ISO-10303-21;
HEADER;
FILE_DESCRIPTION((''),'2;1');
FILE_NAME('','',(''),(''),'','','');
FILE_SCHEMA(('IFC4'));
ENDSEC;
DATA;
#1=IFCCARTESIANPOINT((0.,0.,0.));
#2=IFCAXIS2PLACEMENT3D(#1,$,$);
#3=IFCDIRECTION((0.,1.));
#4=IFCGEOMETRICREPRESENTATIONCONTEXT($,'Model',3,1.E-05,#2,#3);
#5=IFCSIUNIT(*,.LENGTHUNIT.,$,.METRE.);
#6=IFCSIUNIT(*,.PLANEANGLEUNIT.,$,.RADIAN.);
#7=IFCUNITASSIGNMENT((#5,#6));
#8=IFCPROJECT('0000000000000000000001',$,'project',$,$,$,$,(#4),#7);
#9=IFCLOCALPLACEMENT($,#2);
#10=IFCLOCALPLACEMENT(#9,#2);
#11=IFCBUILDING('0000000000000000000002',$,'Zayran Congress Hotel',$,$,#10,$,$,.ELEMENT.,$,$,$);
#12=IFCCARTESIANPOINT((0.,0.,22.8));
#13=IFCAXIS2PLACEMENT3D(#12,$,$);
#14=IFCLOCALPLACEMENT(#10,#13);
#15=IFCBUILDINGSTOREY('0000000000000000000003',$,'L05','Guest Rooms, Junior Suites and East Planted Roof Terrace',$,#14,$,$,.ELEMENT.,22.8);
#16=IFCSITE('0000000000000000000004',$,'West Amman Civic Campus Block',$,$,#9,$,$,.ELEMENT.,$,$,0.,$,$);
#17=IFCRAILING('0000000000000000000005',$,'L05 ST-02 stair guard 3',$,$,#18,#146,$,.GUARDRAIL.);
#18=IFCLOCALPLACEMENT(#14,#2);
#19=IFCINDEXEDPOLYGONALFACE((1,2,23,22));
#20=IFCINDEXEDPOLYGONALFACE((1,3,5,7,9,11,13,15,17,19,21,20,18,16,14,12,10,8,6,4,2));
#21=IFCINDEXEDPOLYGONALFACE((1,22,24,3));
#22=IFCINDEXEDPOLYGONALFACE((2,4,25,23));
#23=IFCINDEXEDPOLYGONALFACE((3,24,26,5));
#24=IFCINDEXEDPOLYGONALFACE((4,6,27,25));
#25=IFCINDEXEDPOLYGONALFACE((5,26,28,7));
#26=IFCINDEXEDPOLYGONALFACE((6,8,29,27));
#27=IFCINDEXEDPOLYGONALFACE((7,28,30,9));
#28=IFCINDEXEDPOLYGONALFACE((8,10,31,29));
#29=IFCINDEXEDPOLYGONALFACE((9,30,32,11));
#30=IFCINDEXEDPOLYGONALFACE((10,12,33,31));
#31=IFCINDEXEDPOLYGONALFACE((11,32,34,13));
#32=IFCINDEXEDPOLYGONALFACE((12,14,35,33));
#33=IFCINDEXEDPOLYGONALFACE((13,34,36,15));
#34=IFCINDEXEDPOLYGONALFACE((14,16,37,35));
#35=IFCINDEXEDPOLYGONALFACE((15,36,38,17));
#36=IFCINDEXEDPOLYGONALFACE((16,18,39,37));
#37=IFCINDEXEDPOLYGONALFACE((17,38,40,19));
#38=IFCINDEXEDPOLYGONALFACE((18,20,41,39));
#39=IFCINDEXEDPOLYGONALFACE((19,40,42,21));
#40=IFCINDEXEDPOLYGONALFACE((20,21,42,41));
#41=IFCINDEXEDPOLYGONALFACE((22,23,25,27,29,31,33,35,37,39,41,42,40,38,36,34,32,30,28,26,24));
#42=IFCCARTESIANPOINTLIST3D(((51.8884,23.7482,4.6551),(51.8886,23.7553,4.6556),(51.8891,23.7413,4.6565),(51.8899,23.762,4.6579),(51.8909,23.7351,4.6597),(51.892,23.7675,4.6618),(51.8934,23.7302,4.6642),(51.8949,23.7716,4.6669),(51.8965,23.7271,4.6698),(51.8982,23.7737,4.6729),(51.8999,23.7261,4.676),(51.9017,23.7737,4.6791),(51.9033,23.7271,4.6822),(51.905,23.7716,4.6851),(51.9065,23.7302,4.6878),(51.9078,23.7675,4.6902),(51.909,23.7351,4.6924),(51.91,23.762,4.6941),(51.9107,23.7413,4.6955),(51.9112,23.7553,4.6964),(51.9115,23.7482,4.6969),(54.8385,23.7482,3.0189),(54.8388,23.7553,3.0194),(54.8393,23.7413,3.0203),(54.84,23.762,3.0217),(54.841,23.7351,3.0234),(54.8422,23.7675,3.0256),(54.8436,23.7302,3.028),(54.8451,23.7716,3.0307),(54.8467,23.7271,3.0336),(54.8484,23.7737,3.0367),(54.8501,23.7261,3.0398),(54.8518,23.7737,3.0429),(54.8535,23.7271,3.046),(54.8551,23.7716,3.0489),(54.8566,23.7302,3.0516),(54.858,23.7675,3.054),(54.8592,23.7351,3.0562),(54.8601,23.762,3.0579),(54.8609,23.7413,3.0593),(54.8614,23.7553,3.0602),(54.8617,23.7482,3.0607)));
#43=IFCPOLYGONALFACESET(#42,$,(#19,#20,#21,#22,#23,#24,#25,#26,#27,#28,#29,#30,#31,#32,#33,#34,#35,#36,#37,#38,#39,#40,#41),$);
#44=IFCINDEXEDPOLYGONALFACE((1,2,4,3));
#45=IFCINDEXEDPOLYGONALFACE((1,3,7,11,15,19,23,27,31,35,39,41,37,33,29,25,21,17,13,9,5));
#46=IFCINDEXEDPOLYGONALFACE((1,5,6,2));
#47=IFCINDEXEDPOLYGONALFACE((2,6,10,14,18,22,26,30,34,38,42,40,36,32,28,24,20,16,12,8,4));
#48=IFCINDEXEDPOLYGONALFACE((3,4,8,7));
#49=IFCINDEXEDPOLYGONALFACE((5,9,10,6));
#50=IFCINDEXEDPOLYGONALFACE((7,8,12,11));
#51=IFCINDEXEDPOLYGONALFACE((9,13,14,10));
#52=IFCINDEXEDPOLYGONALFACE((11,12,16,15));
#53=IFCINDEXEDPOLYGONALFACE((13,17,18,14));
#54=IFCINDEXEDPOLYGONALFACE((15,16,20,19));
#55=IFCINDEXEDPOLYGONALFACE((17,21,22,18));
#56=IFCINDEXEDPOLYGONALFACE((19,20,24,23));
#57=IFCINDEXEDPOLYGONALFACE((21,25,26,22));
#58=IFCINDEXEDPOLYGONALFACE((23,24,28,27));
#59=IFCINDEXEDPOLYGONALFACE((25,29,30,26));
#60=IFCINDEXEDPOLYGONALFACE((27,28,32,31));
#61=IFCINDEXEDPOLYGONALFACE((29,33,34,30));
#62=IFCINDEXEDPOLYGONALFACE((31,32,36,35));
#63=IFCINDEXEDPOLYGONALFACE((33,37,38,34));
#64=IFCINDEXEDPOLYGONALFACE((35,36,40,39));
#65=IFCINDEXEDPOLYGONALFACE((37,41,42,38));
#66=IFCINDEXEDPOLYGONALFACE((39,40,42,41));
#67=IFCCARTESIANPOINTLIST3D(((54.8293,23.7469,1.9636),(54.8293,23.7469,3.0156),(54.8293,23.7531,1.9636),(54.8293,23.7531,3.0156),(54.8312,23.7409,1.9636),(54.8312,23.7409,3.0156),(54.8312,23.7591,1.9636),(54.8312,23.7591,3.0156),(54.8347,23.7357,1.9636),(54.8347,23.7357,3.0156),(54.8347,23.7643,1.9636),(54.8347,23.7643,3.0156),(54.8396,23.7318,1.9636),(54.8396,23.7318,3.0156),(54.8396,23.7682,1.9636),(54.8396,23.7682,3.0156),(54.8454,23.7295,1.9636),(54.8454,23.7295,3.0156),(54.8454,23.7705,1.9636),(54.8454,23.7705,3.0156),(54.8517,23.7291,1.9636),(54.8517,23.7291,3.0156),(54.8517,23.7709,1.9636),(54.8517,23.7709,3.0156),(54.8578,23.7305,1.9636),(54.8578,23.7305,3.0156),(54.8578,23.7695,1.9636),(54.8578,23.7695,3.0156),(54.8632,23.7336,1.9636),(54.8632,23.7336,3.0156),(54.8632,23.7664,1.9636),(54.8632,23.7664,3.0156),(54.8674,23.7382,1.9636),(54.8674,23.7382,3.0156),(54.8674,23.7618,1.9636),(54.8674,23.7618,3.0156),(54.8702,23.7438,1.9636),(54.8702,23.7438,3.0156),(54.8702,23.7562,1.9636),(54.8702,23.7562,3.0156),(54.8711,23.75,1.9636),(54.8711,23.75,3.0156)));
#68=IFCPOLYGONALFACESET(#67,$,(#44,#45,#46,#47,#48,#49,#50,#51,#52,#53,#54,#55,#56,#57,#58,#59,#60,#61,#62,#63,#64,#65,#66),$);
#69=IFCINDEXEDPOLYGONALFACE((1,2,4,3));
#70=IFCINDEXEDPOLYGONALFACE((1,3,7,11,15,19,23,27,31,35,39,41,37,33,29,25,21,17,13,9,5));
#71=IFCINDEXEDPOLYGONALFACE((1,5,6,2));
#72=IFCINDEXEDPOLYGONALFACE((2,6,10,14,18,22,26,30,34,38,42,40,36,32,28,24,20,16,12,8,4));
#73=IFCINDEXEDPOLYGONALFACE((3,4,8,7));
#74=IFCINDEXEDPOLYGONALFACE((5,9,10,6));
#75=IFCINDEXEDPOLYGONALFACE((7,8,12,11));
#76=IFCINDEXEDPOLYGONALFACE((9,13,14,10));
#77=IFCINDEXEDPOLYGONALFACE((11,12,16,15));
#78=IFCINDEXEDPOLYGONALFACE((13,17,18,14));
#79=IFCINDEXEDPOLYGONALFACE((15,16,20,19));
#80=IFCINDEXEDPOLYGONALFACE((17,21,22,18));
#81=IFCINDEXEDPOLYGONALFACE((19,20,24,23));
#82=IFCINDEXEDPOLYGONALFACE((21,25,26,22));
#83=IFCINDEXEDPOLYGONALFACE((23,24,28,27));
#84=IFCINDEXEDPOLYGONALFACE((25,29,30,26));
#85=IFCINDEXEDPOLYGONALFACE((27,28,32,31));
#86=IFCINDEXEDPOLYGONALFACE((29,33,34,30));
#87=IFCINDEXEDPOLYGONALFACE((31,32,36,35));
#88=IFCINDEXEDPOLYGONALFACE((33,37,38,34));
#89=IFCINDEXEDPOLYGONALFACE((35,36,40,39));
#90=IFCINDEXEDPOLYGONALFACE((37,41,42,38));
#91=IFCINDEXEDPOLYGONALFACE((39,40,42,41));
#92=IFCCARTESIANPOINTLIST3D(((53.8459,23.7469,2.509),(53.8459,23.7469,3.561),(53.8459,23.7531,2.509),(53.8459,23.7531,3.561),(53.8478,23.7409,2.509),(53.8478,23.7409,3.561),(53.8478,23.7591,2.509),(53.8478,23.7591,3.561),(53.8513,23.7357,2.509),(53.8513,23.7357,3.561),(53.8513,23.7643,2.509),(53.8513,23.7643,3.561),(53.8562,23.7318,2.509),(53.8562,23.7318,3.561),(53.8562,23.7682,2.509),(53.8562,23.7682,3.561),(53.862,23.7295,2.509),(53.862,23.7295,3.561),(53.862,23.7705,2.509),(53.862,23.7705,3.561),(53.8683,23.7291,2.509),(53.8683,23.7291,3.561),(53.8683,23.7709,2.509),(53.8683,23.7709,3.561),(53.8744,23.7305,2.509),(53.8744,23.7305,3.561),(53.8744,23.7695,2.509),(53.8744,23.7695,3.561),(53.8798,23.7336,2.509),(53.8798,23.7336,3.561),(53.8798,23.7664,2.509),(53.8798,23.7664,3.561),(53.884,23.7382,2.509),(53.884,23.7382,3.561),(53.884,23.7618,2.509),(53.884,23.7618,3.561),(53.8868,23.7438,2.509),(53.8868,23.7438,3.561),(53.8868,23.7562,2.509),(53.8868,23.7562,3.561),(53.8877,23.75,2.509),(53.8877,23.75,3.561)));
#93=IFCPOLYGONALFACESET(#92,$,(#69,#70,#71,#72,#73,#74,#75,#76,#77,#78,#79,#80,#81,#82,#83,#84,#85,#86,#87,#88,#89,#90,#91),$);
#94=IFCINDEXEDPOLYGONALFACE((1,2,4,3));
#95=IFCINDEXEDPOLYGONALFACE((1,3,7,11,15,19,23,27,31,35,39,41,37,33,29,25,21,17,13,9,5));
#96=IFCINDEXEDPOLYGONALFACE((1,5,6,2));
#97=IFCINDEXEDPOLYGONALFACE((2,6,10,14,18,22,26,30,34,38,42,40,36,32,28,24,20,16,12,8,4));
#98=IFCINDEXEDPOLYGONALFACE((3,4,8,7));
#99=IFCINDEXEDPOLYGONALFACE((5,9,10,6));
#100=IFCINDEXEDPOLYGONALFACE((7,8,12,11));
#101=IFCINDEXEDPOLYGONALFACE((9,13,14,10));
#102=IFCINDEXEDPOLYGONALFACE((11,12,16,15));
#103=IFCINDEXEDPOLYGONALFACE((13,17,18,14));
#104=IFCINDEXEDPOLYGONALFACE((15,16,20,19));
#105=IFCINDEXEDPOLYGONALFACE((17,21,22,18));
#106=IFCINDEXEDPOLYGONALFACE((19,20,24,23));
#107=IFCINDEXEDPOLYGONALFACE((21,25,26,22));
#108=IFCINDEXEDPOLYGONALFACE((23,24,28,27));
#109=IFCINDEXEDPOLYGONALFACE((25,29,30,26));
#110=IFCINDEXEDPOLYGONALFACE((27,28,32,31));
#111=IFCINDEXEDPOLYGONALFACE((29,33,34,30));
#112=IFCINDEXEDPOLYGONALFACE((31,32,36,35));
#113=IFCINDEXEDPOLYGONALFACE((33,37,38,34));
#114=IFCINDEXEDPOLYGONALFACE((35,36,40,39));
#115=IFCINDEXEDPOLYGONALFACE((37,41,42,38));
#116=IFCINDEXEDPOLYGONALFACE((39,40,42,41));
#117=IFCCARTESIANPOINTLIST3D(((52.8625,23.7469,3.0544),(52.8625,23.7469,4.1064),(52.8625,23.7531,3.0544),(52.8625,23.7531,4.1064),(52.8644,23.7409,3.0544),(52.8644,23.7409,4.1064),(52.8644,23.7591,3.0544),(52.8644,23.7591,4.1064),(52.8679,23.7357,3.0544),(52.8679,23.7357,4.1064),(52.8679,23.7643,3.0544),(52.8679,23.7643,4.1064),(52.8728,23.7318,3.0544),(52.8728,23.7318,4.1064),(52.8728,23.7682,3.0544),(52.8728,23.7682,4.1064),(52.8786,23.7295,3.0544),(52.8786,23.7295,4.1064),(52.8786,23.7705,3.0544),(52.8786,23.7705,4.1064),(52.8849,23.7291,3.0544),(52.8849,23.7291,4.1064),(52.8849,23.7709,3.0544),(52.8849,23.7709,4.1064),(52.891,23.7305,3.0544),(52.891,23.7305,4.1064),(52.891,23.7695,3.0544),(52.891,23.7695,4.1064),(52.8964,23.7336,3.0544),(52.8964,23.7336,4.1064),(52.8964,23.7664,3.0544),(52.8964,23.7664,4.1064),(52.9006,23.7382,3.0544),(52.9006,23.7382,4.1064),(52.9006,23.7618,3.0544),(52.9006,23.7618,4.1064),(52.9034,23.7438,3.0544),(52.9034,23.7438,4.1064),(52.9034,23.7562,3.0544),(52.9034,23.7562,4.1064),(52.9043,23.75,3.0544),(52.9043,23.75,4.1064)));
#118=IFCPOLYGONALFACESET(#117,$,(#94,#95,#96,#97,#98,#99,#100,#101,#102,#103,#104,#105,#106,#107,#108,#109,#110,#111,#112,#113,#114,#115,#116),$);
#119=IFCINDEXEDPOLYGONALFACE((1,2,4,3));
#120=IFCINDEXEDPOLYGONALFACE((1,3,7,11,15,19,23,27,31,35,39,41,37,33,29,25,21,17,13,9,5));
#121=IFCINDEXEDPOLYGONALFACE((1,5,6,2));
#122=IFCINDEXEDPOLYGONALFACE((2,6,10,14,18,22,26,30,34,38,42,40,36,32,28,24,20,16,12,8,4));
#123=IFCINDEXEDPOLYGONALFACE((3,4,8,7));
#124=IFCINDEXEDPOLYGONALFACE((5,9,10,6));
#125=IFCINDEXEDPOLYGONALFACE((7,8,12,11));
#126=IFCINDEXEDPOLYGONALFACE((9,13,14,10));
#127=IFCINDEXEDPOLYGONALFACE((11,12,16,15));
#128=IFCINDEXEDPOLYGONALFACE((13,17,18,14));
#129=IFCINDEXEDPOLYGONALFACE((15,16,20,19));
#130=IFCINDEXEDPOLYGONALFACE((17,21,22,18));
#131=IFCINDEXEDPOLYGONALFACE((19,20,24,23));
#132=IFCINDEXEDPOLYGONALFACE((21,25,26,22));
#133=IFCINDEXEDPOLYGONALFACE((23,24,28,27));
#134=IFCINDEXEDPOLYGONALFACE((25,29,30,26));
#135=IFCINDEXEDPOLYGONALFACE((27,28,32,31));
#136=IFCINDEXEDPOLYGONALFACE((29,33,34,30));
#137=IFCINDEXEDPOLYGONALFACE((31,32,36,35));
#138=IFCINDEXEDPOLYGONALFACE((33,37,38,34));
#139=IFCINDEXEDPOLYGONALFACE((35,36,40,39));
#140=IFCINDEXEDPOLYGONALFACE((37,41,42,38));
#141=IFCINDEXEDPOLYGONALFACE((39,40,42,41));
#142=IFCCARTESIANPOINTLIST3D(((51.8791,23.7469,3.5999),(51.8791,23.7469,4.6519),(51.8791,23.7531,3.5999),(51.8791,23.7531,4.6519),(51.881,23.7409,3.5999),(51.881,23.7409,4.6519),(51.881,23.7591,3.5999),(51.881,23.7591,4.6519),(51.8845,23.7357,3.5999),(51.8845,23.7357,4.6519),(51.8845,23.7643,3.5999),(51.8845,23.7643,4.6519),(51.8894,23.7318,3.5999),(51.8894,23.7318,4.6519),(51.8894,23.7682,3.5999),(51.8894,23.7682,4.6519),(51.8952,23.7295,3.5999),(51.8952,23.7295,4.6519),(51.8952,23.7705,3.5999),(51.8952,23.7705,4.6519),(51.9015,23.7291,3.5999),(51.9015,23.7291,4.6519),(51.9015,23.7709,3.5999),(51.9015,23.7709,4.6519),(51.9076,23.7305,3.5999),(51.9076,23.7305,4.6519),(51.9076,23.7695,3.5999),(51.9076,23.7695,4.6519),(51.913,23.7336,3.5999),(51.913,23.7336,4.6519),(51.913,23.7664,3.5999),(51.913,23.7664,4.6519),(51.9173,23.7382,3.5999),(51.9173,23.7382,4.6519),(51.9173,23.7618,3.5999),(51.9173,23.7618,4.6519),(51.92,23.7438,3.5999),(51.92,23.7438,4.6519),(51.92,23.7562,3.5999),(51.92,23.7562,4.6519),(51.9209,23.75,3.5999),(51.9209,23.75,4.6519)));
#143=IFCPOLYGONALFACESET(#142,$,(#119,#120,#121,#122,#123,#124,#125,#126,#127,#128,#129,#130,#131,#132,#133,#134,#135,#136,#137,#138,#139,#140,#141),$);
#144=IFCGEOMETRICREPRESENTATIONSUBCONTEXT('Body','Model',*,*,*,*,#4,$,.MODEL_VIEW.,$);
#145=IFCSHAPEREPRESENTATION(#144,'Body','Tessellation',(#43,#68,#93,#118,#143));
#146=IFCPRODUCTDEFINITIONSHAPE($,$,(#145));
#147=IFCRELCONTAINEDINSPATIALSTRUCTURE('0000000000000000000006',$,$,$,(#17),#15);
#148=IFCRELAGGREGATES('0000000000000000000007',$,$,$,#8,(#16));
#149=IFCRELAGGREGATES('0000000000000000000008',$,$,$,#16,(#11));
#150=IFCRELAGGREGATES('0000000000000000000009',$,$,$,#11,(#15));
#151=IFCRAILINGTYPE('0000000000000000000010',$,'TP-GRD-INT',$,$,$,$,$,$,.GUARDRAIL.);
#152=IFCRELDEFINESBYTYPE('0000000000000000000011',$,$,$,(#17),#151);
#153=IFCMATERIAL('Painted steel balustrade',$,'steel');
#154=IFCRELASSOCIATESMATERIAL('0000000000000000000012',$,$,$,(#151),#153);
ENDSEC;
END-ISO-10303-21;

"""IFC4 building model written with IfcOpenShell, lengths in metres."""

from ifc_helpers import new_model, si_unit, direction, frame, origin, origin_2d, place, context, subcontext, project, spatial, circle, extrude, material, type_object, element, save


model = new_model("IFC4")

# Units and contexts
model_context = context("Model", 3, precision=1e-05, world=origin(), true_north=direction((0.0, 1.0)))
body_context = subcontext(model_context, "Body", "Model", "MODEL_VIEW")
ifc_project = project(units=[si_unit("LENGTHUNIT", "METRE"), si_unit("PLANEANGLEUNIT", "RADIAN")], contexts=[model_context])

# Site, building, storey
site_placement = place(None, origin())
site = spatial("IfcSite", under=ifc_project, at=site_placement, Name="West Amman Civic Campus Block", CompositionType="ELEMENT", RefElevation=0.0)
building_placement = place(site_placement, origin())
building = spatial("IfcBuilding", under=site, at=building_placement, Name="Zayran Congress Hotel", CompositionType="ELEMENT")
storey_placement = place(building_placement, frame((0.0, 0.0, 22.8)))
storey = spatial("IfcBuildingStorey", under=building, at=storey_placement, Name="L05", Description="Guest Rooms, Junior Suites and East Planted Roof Terrace", CompositionType="ELEMENT", Elevation=22.8)

# Railing
ifc_material_1 = material(Name="Painted steel balustrade", Category="steel")
railing_type_1 = type_object("IfcRailingType", Name="TP-GRD-INT", PredefinedType="GUARDRAIL", material=ifc_material_1)
railing_1_placement = place(storey_placement, frame((54.8501, 23.75, 1.9636)))
element("IfcRailing", 1, at=railing_1_placement, inside=storey, type_object=railing_type_1, Name="L05 ST-02 stair guard 3", PredefinedType="GUARDRAIL", context=body_context, shape_type="SweptSolid", body=[
    extrude(circle(Radius=0.0239, at=origin_2d()), frame((0.0, 0.0, 1.0762), z_axis=(-0.874505, 0.0, 0.485016), x_axis=(0.0, -1.0, 0.0)), (0.0, 0.0, 1.0), 3.3735),
    extrude(circle(Radius=0.021, at=origin_2d()), origin(), (0.0, 0.0, 1.0), 1.052),
    extrude(circle(Radius=0.021, at=origin_2d()), frame((-0.9834, 0.0, 0.5454)), (0.0, 0.0, 1.0), 1.052),
    extrude(circle(Radius=0.021, at=origin_2d()), frame((-1.9668, 0.0, 1.0908)), (0.0, 0.0, 1.0), 1.052),
    extrude(circle(Radius=0.021, at=origin_2d()), frame((-2.9502, 0.0, 1.6362)), (0.0, 0.0, 1.0), 1.052),
])

save(model, "model.ifc")
